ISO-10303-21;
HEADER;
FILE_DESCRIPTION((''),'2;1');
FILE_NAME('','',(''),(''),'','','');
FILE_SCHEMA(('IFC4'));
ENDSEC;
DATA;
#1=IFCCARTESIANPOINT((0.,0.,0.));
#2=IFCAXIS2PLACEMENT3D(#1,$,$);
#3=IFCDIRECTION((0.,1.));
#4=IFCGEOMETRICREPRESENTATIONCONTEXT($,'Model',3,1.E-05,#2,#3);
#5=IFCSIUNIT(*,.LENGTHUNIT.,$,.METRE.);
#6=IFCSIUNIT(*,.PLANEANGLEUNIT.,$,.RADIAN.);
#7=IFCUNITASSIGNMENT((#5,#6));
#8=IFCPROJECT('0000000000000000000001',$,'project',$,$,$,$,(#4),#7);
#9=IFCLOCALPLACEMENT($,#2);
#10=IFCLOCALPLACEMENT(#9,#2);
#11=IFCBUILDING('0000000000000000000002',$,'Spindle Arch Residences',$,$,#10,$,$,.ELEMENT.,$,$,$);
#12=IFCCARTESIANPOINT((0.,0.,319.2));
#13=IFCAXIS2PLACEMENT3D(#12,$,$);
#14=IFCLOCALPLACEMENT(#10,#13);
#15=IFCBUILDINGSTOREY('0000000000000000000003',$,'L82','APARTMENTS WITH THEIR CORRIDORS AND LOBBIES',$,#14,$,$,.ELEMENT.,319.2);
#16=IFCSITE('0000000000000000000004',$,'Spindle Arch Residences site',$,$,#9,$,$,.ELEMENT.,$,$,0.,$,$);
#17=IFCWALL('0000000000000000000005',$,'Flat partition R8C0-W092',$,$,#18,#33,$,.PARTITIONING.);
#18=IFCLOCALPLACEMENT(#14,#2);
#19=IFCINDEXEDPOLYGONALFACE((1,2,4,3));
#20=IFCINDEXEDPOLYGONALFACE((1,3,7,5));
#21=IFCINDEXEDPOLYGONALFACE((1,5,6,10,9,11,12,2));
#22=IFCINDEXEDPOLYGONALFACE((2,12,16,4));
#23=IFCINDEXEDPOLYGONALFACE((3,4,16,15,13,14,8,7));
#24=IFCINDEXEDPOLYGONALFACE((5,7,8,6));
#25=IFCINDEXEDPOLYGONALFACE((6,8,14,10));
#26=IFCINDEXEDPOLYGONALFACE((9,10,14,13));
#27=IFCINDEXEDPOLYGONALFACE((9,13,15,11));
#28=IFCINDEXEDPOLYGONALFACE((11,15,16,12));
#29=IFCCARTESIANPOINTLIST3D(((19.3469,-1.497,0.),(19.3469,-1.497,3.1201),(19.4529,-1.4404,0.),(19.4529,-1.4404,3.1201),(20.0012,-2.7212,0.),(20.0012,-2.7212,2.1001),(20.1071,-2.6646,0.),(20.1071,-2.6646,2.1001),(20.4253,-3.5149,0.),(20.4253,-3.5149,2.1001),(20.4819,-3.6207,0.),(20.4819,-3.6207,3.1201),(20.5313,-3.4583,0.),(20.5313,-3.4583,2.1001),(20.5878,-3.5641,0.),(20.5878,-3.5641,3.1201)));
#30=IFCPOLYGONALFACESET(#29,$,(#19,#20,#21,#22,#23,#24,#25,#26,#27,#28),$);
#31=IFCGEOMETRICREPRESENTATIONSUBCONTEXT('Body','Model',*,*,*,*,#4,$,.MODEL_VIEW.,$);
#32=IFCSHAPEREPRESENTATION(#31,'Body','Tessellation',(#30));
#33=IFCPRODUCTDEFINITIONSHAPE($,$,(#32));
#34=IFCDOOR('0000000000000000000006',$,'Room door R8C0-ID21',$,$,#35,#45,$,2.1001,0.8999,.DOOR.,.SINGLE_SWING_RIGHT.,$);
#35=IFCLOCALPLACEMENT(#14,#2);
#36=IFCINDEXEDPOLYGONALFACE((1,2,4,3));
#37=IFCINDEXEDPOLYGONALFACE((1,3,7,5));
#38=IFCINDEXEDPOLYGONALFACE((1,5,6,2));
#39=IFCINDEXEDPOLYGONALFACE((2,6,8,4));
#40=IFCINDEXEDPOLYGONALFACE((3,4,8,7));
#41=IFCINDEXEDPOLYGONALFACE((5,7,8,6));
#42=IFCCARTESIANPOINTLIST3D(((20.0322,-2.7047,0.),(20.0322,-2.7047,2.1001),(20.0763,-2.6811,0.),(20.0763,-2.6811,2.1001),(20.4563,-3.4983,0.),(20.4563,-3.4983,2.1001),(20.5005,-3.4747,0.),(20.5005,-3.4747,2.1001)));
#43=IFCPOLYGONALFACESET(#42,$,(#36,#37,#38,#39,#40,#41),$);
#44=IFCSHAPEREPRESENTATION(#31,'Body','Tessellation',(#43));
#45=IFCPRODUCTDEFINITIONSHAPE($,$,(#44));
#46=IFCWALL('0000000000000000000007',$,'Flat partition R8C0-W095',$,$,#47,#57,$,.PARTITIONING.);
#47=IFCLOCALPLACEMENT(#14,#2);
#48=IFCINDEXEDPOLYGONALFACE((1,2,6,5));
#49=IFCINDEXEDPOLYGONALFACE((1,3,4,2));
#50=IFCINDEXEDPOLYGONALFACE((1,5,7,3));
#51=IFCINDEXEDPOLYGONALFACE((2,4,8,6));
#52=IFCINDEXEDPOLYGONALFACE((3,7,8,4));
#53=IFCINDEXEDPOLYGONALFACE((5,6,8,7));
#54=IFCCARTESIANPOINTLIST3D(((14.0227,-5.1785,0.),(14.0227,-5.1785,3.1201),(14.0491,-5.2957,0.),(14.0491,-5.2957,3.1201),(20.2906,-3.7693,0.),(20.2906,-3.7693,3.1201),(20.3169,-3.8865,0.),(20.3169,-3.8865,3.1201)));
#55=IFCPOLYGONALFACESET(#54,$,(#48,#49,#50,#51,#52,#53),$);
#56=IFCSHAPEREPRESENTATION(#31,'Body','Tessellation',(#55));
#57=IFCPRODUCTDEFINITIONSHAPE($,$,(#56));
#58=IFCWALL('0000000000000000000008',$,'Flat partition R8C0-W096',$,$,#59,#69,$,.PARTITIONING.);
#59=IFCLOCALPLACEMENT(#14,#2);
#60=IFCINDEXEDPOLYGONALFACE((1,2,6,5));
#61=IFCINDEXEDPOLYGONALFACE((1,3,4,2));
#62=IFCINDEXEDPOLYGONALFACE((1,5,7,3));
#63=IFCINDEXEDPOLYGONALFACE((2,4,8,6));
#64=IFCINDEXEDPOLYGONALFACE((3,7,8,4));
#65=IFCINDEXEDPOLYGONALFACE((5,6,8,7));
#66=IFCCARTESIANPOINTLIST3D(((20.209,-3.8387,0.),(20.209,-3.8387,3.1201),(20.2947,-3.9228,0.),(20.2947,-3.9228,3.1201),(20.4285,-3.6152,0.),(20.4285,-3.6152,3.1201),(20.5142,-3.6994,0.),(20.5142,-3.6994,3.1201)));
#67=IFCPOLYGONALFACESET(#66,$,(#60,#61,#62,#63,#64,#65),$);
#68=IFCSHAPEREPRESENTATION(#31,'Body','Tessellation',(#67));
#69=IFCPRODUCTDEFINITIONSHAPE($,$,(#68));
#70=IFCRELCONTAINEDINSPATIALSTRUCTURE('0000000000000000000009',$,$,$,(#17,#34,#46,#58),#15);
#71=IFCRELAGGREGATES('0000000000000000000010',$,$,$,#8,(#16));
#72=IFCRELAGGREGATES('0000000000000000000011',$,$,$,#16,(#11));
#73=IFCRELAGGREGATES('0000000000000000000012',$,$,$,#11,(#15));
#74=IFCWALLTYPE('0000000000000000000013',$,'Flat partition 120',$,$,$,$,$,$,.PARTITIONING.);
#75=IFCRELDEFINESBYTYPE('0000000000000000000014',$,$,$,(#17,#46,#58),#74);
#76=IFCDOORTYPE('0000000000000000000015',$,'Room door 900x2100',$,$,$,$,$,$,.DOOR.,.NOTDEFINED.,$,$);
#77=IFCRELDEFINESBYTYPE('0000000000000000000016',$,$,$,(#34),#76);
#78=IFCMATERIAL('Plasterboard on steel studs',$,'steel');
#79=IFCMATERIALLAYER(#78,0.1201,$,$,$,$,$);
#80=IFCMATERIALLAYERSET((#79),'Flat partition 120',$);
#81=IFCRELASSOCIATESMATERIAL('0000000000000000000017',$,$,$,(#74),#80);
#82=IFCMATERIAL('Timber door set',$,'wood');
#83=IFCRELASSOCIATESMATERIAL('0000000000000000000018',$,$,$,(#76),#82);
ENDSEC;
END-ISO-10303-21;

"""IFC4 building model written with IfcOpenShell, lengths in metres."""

from ifc_helpers import new_model, si_unit, direction, frame, frame_2d, origin, place, context, subcontext, project, spatial, rectangle, extrude, material, layer, layer_set, type_object, element, fill, save


model = new_model("IFC4")

# Units and contexts
model_context = context("Model", 3, precision=1e-05, world=origin(), true_north=direction((0.0, 1.0)))
body_context = subcontext(model_context, "Body", "Model", "MODEL_VIEW")
ifc_project = project(units=[si_unit("LENGTHUNIT", "METRE"), si_unit("PLANEANGLEUNIT", "RADIAN")], contexts=[model_context])

# Site, building, storey
site_placement = place(None, origin())
site = spatial("IfcSite", under=ifc_project, at=site_placement, Name="Spindle Arch Residences site", CompositionType="ELEMENT", RefElevation=0.0)
building_placement = place(site_placement, origin())
building = spatial("IfcBuilding", under=site, at=building_placement, Name="Spindle Arch Residences", CompositionType="ELEMENT")
storey_placement = place(building_placement, frame((0.0, 0.0, 319.2)))
storey = spatial("IfcBuildingStorey", under=building, at=storey_placement, Name="L82", Description="APARTMENTS WITH THEIR CORRIDORS AND LOBBIES", CompositionType="ELEMENT", Elevation=319.2)

# Wall, opening, door
ifc_material_1 = material(Name="Plasterboard on steel studs", Category="steel")
ifc_layer_1 = layer(ifc_material_1, 0.1201)
ifc_layer_set_1 = layer_set([ifc_layer_1], Name="Flat partition 120")
wall_type_1 = type_object("IfcWallType", Name="Flat partition 120", PredefinedType="PARTITIONING", material=ifc_layer_set_1)
wall_1_placement = place(storey_placement, frame((20.5349, -3.5925, 0.0), z_axis=(0.0, 0.0, 1.0), x_axis=(-0.471341, 0.881951, 0.0)))
wall_1 = element("IfcWall", 1, at=wall_1_placement, inside=storey, type_object=wall_type_1, Name="Flat partition R8C0-W092", PredefinedType="PARTITIONING", context=body_context, shape_type="SweptSolid", body=[
    extrude(rectangle(XDim=2.408, YDim=0.1201, at=frame_2d((1.2041, 0.0))), origin(), (0.0, 0.0, 1.0), 3.1201),
])
opening_1_placement = place(wall_1_placement, frame((0.1201, 0.0, 0.0)))
opening_1 = element("IfcOpeningElement", 2, at=opening_1_placement, cuts=wall_1, PredefinedType="OPENING", context=body_context, shape_type="SweptSolid", body=[
    extrude(rectangle(XDim=0.8999, YDim=2.1001, at=frame_2d((0.45, 1.05))), frame((0.0, 0.0701, 0.0), z_axis=(0.0, -1.0, 0.0), x_axis=(1.0, 0.0, 0.0)), (0.0, 0.0, 1.0), 0.1401),
])
ifc_material_2 = material(Name="Timber door set", Category="wood")
door_type_1 = type_object("IfcDoorType", Name="Room door 900x2100", OperationType="NOTDEFINED", PredefinedType="DOOR", material=ifc_material_2)
door_1_placement = place(opening_1_placement, origin())
door_1 = element("IfcDoor", 3, at=door_1_placement, inside=storey, type_object=door_type_1, Name="Room door R8C0-ID21", OperationType="SINGLE_SWING_RIGHT", OverallHeight=2.1001, OverallWidth=0.8999, PredefinedType="DOOR", context=body_context, shape_type="SweptSolid", body=[
    extrude(rectangle(XDim=0.8999, YDim=2.1001, at=frame_2d((0.45, 1.05))), frame((0.0, 0.0249, 0.0), z_axis=(0.0, -1.0, 0.0), x_axis=(1.0, 0.0, 0.0)), (0.0, 0.0, 1.0), 0.05),
])
fill(opening_1, door_1)

# Walls
wall_2_placement = place(storey_placement, frame((14.0359, -5.2371, 0.0), z_axis=(0.0, 0.0, 1.0), x_axis=(0.975646, 0.219352, 0.0)))
element("IfcWall", 4, at=wall_2_placement, inside=storey, type_object=wall_type_1, Name="Flat partition R8C0-W095", PredefinedType="PARTITIONING", context=body_context, shape_type="SweptSolid", body=[
    extrude(rectangle(XDim=6.4243, YDim=0.1201, at=frame_2d((3.2122, 0.0))), origin(), (0.0, 0.0, 1.0), 3.1201),
])
wall_3_placement = place(storey_placement, frame((20.4714, -3.6572, 0.0), z_axis=(0.0, 0.0, 1.0), x_axis=(-0.700843, -0.713316, 0.0)))
element("IfcWall", 5, at=wall_3_placement, inside=storey, type_object=wall_type_1, Name="Flat partition R8C0-W096", PredefinedType="PARTITIONING", context=body_context, shape_type="SweptSolid", body=[
    extrude(rectangle(XDim=0.3132, YDim=0.1201, at=frame_2d((0.1567, 0.0))), origin(), (0.0, 0.0, 1.0), 3.1201),
])

save(model, "model.ifc")
